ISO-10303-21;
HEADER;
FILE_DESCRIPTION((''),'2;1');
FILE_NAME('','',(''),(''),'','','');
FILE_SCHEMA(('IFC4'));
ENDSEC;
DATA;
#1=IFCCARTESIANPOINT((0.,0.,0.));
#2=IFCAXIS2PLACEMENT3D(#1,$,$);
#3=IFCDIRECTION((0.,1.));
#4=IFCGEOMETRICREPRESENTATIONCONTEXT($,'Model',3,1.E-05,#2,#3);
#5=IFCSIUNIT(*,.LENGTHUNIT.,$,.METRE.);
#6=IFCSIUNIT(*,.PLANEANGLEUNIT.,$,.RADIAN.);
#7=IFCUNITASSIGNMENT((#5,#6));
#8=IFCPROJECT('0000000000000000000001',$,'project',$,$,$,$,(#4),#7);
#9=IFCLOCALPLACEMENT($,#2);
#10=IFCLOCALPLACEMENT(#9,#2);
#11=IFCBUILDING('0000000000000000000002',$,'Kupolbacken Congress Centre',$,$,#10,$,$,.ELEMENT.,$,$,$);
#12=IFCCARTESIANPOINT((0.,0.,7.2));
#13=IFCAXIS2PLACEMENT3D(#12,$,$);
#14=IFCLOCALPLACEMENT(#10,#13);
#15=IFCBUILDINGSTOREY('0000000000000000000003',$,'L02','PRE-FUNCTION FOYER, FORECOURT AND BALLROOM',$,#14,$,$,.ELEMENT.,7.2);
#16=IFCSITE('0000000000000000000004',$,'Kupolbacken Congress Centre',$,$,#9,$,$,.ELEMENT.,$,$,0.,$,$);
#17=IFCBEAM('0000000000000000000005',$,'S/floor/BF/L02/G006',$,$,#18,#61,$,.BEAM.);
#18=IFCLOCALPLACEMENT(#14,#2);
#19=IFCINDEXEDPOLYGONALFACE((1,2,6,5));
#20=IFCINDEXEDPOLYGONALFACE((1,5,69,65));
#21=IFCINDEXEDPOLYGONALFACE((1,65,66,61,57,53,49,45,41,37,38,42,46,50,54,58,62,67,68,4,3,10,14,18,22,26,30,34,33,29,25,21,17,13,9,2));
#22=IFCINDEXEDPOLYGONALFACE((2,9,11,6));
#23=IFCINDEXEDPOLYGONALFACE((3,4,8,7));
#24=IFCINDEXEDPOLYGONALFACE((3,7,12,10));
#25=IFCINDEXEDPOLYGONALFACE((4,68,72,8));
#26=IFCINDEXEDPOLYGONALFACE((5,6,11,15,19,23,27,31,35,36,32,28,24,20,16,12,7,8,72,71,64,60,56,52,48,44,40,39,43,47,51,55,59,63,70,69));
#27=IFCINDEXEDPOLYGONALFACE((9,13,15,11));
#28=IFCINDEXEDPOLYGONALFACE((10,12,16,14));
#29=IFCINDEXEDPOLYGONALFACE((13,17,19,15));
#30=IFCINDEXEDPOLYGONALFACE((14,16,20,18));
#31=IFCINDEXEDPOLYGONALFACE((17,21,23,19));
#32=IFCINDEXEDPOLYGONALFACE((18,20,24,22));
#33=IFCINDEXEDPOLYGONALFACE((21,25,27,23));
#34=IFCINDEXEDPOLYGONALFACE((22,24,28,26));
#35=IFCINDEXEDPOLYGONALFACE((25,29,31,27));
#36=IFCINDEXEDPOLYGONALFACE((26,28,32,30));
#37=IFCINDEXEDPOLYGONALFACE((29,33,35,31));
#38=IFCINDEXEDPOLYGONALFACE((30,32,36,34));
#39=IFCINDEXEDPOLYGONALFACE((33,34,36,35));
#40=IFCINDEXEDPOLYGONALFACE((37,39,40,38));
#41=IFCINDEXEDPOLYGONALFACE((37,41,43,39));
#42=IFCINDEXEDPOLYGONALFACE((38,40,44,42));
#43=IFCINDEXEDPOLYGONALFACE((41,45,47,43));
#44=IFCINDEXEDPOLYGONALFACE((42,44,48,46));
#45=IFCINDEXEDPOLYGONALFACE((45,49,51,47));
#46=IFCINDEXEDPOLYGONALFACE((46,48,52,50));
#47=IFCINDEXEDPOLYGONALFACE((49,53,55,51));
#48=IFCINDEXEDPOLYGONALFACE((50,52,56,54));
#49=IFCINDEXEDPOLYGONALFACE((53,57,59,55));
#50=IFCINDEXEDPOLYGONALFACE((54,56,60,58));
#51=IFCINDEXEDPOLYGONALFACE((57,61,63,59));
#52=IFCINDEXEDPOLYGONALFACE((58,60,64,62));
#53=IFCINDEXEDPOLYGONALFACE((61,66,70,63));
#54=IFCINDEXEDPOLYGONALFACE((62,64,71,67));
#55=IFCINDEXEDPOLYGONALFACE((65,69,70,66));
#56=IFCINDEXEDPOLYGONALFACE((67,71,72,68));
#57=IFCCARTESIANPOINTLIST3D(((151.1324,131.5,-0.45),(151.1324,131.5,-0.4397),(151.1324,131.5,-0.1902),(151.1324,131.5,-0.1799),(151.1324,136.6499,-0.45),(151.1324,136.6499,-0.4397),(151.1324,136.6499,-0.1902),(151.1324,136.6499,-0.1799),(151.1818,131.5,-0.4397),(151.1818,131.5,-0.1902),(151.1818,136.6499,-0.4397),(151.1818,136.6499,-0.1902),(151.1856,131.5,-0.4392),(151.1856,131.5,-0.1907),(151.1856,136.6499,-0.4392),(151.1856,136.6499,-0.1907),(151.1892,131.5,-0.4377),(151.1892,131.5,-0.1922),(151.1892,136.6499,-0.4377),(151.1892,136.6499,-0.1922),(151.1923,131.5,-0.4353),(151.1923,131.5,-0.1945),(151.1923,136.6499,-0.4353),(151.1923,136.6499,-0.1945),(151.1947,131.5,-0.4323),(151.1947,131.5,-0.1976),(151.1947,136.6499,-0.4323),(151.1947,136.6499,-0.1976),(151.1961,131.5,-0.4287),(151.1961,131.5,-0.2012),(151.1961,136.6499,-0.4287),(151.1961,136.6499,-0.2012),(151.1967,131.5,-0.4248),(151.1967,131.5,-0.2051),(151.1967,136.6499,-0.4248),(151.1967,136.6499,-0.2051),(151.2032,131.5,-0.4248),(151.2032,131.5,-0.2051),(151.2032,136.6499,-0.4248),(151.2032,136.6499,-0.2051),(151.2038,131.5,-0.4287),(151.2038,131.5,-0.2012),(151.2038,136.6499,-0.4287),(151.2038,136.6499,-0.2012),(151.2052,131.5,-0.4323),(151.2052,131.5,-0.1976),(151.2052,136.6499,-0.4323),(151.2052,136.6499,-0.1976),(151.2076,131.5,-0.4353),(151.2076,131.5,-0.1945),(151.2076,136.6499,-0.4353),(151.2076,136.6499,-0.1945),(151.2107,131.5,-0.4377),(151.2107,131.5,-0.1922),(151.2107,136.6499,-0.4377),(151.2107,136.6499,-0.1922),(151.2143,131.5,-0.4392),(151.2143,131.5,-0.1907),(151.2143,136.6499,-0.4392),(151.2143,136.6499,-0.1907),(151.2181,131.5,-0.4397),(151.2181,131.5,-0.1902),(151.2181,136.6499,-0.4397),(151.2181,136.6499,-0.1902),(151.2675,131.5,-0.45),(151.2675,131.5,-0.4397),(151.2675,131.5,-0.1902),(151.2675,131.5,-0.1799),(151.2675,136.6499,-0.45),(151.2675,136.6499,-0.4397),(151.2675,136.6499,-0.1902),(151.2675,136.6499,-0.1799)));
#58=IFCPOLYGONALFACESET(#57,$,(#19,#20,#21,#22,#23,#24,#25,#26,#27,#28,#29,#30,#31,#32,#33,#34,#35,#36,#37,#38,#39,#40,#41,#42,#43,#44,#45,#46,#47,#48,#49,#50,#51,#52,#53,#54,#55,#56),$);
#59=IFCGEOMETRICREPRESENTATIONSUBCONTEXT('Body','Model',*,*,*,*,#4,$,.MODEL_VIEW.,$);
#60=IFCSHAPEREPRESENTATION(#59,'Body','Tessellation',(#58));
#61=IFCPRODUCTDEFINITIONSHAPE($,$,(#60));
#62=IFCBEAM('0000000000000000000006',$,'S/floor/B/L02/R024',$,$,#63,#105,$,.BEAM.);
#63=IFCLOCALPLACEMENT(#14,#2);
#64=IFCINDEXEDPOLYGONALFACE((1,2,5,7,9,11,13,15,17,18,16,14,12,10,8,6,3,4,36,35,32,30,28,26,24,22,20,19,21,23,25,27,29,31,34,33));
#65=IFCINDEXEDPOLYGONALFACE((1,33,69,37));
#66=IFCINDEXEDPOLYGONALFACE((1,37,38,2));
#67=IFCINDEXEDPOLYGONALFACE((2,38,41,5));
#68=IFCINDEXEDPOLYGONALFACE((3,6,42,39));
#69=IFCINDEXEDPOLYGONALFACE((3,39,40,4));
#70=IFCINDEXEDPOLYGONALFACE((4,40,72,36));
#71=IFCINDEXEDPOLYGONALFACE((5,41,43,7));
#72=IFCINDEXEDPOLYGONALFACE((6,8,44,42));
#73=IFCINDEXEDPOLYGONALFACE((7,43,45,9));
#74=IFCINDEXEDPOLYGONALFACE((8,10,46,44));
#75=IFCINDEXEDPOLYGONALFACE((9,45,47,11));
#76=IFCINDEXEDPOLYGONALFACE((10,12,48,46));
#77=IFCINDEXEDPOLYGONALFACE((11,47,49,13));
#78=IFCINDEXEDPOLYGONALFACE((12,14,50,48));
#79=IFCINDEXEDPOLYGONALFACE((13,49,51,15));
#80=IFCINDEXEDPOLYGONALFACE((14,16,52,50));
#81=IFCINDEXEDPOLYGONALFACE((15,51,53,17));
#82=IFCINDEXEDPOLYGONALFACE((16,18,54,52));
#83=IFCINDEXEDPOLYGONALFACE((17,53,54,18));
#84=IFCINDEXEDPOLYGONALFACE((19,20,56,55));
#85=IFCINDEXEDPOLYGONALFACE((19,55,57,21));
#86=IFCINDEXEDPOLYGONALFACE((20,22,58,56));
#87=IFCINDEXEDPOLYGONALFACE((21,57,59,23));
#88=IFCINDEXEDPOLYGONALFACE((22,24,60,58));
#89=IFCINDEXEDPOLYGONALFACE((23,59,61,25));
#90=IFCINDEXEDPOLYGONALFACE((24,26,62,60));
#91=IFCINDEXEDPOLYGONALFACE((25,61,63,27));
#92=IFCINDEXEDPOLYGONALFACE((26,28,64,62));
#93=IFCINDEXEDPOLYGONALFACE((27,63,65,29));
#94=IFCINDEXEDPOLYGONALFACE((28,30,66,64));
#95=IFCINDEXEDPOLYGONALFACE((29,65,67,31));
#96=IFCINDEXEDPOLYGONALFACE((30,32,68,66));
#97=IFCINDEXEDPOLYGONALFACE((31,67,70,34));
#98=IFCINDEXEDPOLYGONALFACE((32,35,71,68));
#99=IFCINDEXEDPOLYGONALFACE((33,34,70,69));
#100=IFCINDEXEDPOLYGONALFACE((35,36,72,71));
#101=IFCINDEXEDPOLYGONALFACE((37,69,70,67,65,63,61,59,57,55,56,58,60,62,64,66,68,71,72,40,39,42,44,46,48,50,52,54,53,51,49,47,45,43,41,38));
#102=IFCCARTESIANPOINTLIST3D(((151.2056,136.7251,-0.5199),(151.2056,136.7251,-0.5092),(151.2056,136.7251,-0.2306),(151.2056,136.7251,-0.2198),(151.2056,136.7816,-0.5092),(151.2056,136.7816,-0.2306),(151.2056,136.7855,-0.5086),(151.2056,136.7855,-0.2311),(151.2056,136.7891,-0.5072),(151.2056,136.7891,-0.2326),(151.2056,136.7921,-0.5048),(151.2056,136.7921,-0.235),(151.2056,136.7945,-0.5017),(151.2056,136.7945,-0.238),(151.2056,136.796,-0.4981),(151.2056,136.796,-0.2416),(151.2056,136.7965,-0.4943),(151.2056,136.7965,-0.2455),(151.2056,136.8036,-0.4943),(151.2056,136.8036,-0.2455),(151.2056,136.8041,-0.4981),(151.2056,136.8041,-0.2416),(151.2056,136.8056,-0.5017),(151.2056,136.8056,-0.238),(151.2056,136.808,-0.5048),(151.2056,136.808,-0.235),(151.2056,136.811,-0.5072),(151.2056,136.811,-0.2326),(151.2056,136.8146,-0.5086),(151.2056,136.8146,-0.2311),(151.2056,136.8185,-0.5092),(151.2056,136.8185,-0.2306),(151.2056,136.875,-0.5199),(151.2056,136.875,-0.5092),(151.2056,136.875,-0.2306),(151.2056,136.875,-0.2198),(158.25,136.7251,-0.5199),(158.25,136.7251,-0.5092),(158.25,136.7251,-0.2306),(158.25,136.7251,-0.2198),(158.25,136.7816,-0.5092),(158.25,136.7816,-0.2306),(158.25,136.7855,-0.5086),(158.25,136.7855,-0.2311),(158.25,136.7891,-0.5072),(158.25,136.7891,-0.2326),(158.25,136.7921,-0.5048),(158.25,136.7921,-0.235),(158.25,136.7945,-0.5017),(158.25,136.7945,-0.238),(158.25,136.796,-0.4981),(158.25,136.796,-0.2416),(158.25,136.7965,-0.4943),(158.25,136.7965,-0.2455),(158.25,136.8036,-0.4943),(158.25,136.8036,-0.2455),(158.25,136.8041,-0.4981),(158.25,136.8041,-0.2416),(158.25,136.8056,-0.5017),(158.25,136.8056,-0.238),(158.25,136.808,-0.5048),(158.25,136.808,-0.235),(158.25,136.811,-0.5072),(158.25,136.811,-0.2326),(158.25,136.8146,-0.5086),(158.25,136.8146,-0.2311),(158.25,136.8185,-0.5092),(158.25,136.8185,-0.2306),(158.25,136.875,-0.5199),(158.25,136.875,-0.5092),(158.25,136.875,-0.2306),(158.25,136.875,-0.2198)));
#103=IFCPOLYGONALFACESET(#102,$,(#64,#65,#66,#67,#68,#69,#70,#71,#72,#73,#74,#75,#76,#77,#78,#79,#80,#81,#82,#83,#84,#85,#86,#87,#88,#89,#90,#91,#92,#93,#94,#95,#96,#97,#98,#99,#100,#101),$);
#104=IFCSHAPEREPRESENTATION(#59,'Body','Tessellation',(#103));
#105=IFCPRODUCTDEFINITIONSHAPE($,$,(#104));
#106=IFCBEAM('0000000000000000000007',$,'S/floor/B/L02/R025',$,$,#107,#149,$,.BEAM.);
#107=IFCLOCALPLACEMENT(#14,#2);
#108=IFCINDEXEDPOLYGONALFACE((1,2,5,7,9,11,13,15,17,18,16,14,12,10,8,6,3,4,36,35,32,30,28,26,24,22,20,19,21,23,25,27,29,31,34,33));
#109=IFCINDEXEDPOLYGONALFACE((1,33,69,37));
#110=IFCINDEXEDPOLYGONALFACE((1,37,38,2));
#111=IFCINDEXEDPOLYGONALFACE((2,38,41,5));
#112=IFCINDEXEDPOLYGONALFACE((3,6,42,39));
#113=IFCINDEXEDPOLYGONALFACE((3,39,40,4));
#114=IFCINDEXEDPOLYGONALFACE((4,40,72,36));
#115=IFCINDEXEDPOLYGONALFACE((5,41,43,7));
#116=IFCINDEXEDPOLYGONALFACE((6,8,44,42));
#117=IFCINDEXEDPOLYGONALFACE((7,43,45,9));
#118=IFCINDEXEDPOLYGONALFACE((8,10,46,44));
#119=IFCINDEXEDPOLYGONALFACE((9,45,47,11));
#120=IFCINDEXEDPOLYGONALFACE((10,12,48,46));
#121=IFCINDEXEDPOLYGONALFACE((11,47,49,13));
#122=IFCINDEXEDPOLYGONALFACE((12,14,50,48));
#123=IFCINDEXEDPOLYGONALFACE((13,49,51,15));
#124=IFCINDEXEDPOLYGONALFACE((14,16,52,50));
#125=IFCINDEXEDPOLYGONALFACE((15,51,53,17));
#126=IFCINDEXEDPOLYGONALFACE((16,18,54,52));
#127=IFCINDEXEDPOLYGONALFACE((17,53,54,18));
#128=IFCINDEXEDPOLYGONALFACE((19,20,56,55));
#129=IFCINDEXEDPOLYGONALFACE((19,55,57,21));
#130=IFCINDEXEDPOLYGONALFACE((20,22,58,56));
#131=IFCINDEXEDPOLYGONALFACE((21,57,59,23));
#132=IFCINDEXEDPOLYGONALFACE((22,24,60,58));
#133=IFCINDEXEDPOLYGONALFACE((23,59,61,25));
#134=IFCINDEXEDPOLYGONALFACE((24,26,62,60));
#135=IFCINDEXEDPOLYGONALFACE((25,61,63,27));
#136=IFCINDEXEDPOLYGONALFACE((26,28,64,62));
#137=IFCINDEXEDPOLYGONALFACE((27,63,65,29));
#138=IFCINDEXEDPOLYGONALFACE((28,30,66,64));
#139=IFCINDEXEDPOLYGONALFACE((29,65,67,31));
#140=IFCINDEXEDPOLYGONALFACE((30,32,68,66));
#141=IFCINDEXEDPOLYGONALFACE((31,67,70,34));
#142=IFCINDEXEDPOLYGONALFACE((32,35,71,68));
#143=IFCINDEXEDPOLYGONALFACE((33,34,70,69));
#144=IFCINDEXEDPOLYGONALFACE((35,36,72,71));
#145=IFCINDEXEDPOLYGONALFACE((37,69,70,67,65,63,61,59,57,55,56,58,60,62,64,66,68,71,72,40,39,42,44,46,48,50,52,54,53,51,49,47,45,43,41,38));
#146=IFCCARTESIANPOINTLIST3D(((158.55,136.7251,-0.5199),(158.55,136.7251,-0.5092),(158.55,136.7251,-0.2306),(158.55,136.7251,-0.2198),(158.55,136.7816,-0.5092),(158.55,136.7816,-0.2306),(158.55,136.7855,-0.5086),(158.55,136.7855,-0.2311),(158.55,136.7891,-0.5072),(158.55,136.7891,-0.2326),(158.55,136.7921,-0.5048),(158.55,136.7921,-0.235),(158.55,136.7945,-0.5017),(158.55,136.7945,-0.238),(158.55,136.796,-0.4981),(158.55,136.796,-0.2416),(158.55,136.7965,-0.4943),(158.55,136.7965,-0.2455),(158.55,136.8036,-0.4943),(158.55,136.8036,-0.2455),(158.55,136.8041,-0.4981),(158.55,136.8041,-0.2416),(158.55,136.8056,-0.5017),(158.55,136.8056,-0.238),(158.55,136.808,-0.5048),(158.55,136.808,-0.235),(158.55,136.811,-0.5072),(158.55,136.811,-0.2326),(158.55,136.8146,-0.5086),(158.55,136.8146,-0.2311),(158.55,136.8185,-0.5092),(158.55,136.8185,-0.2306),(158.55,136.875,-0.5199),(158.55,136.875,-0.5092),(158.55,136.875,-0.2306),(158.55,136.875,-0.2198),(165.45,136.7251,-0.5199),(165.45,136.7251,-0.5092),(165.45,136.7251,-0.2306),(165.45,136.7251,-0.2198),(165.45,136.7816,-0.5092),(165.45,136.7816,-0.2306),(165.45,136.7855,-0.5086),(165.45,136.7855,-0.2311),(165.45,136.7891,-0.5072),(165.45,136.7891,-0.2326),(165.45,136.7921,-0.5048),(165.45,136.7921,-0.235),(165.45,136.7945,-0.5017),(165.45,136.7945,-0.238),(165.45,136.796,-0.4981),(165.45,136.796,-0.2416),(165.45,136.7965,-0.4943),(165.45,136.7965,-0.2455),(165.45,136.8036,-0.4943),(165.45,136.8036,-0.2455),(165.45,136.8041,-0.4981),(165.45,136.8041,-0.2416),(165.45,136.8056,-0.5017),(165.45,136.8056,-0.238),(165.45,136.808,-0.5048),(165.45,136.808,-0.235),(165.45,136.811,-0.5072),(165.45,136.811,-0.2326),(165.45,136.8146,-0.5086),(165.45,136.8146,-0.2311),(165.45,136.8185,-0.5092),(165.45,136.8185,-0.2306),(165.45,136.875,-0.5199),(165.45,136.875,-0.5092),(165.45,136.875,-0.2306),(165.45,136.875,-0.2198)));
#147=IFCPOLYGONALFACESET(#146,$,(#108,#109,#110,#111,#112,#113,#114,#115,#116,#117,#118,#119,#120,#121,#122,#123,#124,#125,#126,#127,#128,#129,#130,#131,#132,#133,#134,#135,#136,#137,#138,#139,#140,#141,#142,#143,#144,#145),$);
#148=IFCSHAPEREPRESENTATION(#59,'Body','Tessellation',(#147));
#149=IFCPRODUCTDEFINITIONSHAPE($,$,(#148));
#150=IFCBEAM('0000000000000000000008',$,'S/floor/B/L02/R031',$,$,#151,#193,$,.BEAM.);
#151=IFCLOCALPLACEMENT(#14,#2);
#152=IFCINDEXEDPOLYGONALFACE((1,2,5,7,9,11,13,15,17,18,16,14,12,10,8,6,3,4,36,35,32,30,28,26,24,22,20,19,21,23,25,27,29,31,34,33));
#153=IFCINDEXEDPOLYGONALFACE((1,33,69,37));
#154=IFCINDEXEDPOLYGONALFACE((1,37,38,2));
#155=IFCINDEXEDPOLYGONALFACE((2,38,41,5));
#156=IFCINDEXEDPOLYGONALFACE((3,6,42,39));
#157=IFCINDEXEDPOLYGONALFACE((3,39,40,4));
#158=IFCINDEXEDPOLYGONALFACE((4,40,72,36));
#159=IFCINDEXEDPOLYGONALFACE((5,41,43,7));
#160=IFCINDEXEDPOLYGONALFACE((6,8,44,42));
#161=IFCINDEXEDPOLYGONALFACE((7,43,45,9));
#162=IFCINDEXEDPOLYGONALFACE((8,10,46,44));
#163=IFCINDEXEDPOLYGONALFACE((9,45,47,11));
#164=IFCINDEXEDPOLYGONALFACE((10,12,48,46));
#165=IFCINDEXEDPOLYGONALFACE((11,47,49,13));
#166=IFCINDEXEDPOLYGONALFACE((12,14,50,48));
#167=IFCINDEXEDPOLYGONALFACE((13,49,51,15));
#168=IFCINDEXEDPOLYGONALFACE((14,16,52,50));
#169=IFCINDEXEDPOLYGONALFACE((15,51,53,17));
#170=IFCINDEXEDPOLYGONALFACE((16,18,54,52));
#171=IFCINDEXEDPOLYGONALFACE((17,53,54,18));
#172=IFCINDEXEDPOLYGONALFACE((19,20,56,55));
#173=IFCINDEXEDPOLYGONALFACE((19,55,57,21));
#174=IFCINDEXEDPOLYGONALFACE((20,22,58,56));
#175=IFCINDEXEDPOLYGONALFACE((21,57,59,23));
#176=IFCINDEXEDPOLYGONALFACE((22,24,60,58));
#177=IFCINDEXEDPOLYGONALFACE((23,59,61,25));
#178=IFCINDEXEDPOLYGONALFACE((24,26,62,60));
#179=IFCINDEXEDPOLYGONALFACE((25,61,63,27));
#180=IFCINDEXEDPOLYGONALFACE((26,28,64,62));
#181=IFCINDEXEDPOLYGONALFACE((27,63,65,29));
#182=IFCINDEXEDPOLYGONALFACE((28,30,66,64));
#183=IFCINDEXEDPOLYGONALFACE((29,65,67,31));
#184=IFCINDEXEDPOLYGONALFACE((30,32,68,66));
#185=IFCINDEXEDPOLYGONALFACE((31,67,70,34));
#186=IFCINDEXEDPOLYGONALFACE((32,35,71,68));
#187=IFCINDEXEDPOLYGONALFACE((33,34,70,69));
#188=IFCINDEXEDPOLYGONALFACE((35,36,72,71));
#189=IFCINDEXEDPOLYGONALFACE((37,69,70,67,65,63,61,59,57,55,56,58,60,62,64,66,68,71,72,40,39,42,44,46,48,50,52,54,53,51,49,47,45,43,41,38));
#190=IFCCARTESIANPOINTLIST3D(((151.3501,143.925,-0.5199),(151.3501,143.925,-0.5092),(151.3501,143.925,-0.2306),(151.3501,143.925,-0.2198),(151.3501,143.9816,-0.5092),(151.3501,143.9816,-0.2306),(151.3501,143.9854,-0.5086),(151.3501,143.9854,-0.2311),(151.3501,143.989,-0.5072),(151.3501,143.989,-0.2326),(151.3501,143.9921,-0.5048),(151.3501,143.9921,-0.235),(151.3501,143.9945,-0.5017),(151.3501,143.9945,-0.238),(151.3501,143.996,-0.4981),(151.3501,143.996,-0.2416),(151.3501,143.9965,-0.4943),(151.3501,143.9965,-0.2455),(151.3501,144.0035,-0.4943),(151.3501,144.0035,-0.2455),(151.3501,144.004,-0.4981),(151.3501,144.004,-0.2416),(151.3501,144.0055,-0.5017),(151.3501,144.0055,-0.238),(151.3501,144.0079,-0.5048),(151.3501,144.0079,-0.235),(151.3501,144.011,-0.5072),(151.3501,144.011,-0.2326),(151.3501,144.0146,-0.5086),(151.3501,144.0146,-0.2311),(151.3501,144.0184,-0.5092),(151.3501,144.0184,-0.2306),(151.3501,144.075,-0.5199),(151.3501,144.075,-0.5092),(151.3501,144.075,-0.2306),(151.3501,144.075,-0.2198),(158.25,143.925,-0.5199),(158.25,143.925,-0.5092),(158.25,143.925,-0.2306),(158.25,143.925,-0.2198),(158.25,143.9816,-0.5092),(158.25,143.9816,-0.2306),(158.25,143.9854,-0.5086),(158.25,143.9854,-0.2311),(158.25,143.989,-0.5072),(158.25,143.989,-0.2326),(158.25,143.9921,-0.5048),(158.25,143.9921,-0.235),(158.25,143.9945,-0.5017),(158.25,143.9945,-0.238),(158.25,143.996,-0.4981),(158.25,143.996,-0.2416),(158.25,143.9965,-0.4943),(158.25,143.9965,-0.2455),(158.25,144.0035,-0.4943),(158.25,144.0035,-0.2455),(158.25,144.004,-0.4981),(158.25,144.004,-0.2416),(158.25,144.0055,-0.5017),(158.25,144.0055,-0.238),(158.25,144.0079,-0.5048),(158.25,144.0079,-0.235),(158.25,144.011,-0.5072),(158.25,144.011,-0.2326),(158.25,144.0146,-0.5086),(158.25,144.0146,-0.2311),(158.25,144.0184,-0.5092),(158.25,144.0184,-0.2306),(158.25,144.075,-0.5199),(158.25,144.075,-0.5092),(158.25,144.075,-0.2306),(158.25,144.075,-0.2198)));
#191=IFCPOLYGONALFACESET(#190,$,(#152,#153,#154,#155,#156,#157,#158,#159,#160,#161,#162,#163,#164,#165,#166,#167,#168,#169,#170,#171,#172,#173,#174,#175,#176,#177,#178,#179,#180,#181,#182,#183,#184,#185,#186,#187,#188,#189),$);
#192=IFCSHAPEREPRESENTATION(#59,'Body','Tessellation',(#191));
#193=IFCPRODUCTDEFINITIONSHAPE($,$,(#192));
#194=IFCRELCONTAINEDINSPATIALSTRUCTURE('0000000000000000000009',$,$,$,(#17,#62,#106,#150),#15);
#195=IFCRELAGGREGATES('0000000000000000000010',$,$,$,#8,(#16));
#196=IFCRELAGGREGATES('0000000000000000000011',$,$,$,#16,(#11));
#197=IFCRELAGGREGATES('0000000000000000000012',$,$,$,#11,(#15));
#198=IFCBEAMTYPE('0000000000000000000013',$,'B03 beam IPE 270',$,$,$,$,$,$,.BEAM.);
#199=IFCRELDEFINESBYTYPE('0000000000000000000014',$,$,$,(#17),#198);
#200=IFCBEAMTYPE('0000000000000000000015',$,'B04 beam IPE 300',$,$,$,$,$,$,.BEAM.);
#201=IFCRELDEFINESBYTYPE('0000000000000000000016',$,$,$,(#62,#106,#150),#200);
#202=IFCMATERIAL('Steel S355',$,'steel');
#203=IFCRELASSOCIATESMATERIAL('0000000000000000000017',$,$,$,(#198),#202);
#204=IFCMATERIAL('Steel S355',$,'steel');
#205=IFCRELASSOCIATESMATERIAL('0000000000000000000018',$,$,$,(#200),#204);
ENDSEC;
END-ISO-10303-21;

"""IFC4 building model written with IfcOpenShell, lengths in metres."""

from ifc_helpers import new_model, si_unit, direction, frame, origin, origin_2d, place, context, subcontext, project, spatial, i_section, extrude, material, material_profile, profile_set, type_object, element, save


model = new_model("IFC4")

# Units and contexts
model_context = context("Model", 3, precision=1e-05, world=origin(), true_north=direction((0.0, 1.0)))
body_context = subcontext(model_context, "Body", "Model", "MODEL_VIEW")
ifc_project = project(units=[si_unit("LENGTHUNIT", "METRE"), si_unit("PLANEANGLEUNIT", "RADIAN")], contexts=[model_context])

# Site, building, storey
site_placement = place(None, origin())
site = spatial("IfcSite", under=ifc_project, at=site_placement, Name="Kupolbacken Congress Centre", CompositionType="ELEMENT", RefElevation=0.0)
building_placement = place(site_placement, origin())
building = spatial("IfcBuilding", under=site, at=building_placement, Name="Kupolbacken Congress Centre", CompositionType="ELEMENT")
storey_placement = place(building_placement, frame((0.0, 0.0, 7.2)))
storey = spatial("IfcBuildingStorey", under=building, at=storey_placement, Name="L02", Description="PRE-FUNCTION FOYER, FORECOURT AND BALLROOM", CompositionType="ELEMENT", Elevation=7.2)

# Beams
ifc_material_1 = material(Name="Steel S355", Category="steel")
ifc_material_profile_1 = material_profile(ifc_material_1, i_section(OverallWidth=0.135, OverallDepth=0.27, WebThickness=0.0066, FlangeThickness=0.0103, FilletRadius=0.0149, at=origin_2d()), Name="IPE 270")
ifc_profile_set_1 = profile_set([ifc_material_profile_1], Name="Steel S355")
beam_type_1 = type_object("IfcBeamType", Name="B03 beam IPE 270", PredefinedType="BEAM", material=ifc_profile_set_1)
beam_1_placement = place(storey_placement, frame((151.2, 131.5, -0.3149), z_axis=(0.0, 1.0, 0.0), x_axis=(-1.0, 0.0, 0.0)))
element("IfcBeam", 1, at=beam_1_placement, inside=storey, type_object=beam_type_1, Name="S/floor/BF/L02/G006", PredefinedType="BEAM", context=body_context, shape_type="SweptSolid", body=[
    extrude(i_section(OverallWidth=0.135, OverallDepth=0.27, WebThickness=0.0066, FlangeThickness=0.0103, FilletRadius=0.0149, at=origin_2d()), origin(), (0.0, 0.0, 1.0), 5.1499),
])
ifc_material_2 = material(Name="Steel S355", Category="steel")
ifc_material_profile_2 = material_profile(ifc_material_2, i_section(OverallWidth=0.1499, OverallDepth=0.3, WebThickness=0.0071, FlangeThickness=0.0107, FilletRadius=0.0149, at=origin_2d()), Name="IPE 300")
ifc_profile_set_2 = profile_set([ifc_material_profile_2], Name="Steel S355")
beam_type_2 = type_object("IfcBeamType", Name="B04 beam IPE 300", PredefinedType="BEAM", material=ifc_profile_set_2)
beam_2_placement = place(storey_placement, frame((151.2056, 136.8, -0.3699), z_axis=(1.0, 0.0, 0.0), x_axis=(0.0, 1.0, 0.0)))
element("IfcBeam", 2, at=beam_2_placement, inside=storey, type_object=beam_type_2, Name="S/floor/B/L02/R024", PredefinedType="BEAM", context=body_context, shape_type="SweptSolid", body=[
    extrude(i_section(OverallWidth=0.1499, OverallDepth=0.3, WebThickness=0.0071, FlangeThickness=0.0107, FilletRadius=0.0149, at=origin_2d()), origin(), (0.0, 0.0, 1.0), 7.0444),
])
for number, where, z_axis, x_axis, name in (
    (3, (158.55, 136.8, -0.3699), (1.0, 0.0, 0.0), (0.0, 1.0, 0.0), "S/floor/B/L02/R025"),
    (4, (151.3501, 144.0, -0.3699), (1.0, 0.0, 0.0), (0.0, 1.0, 0.0), "S/floor/B/L02/R031"),
):
    element("IfcBeam", number, at=place(storey_placement, frame(where, z_axis=z_axis, x_axis=x_axis)), inside=storey, type_object=beam_type_2, Name=name, PredefinedType="BEAM", context=body_context, shape_type="SweptSolid", body=[
        extrude(i_section(OverallWidth=0.1499, OverallDepth=0.3, WebThickness=0.0071, FlangeThickness=0.0107, FilletRadius=0.0149, at=origin_2d()), origin(), (0.0, 0.0, 1.0), 6.8999),
    ])

save(model, "model.ifc")
